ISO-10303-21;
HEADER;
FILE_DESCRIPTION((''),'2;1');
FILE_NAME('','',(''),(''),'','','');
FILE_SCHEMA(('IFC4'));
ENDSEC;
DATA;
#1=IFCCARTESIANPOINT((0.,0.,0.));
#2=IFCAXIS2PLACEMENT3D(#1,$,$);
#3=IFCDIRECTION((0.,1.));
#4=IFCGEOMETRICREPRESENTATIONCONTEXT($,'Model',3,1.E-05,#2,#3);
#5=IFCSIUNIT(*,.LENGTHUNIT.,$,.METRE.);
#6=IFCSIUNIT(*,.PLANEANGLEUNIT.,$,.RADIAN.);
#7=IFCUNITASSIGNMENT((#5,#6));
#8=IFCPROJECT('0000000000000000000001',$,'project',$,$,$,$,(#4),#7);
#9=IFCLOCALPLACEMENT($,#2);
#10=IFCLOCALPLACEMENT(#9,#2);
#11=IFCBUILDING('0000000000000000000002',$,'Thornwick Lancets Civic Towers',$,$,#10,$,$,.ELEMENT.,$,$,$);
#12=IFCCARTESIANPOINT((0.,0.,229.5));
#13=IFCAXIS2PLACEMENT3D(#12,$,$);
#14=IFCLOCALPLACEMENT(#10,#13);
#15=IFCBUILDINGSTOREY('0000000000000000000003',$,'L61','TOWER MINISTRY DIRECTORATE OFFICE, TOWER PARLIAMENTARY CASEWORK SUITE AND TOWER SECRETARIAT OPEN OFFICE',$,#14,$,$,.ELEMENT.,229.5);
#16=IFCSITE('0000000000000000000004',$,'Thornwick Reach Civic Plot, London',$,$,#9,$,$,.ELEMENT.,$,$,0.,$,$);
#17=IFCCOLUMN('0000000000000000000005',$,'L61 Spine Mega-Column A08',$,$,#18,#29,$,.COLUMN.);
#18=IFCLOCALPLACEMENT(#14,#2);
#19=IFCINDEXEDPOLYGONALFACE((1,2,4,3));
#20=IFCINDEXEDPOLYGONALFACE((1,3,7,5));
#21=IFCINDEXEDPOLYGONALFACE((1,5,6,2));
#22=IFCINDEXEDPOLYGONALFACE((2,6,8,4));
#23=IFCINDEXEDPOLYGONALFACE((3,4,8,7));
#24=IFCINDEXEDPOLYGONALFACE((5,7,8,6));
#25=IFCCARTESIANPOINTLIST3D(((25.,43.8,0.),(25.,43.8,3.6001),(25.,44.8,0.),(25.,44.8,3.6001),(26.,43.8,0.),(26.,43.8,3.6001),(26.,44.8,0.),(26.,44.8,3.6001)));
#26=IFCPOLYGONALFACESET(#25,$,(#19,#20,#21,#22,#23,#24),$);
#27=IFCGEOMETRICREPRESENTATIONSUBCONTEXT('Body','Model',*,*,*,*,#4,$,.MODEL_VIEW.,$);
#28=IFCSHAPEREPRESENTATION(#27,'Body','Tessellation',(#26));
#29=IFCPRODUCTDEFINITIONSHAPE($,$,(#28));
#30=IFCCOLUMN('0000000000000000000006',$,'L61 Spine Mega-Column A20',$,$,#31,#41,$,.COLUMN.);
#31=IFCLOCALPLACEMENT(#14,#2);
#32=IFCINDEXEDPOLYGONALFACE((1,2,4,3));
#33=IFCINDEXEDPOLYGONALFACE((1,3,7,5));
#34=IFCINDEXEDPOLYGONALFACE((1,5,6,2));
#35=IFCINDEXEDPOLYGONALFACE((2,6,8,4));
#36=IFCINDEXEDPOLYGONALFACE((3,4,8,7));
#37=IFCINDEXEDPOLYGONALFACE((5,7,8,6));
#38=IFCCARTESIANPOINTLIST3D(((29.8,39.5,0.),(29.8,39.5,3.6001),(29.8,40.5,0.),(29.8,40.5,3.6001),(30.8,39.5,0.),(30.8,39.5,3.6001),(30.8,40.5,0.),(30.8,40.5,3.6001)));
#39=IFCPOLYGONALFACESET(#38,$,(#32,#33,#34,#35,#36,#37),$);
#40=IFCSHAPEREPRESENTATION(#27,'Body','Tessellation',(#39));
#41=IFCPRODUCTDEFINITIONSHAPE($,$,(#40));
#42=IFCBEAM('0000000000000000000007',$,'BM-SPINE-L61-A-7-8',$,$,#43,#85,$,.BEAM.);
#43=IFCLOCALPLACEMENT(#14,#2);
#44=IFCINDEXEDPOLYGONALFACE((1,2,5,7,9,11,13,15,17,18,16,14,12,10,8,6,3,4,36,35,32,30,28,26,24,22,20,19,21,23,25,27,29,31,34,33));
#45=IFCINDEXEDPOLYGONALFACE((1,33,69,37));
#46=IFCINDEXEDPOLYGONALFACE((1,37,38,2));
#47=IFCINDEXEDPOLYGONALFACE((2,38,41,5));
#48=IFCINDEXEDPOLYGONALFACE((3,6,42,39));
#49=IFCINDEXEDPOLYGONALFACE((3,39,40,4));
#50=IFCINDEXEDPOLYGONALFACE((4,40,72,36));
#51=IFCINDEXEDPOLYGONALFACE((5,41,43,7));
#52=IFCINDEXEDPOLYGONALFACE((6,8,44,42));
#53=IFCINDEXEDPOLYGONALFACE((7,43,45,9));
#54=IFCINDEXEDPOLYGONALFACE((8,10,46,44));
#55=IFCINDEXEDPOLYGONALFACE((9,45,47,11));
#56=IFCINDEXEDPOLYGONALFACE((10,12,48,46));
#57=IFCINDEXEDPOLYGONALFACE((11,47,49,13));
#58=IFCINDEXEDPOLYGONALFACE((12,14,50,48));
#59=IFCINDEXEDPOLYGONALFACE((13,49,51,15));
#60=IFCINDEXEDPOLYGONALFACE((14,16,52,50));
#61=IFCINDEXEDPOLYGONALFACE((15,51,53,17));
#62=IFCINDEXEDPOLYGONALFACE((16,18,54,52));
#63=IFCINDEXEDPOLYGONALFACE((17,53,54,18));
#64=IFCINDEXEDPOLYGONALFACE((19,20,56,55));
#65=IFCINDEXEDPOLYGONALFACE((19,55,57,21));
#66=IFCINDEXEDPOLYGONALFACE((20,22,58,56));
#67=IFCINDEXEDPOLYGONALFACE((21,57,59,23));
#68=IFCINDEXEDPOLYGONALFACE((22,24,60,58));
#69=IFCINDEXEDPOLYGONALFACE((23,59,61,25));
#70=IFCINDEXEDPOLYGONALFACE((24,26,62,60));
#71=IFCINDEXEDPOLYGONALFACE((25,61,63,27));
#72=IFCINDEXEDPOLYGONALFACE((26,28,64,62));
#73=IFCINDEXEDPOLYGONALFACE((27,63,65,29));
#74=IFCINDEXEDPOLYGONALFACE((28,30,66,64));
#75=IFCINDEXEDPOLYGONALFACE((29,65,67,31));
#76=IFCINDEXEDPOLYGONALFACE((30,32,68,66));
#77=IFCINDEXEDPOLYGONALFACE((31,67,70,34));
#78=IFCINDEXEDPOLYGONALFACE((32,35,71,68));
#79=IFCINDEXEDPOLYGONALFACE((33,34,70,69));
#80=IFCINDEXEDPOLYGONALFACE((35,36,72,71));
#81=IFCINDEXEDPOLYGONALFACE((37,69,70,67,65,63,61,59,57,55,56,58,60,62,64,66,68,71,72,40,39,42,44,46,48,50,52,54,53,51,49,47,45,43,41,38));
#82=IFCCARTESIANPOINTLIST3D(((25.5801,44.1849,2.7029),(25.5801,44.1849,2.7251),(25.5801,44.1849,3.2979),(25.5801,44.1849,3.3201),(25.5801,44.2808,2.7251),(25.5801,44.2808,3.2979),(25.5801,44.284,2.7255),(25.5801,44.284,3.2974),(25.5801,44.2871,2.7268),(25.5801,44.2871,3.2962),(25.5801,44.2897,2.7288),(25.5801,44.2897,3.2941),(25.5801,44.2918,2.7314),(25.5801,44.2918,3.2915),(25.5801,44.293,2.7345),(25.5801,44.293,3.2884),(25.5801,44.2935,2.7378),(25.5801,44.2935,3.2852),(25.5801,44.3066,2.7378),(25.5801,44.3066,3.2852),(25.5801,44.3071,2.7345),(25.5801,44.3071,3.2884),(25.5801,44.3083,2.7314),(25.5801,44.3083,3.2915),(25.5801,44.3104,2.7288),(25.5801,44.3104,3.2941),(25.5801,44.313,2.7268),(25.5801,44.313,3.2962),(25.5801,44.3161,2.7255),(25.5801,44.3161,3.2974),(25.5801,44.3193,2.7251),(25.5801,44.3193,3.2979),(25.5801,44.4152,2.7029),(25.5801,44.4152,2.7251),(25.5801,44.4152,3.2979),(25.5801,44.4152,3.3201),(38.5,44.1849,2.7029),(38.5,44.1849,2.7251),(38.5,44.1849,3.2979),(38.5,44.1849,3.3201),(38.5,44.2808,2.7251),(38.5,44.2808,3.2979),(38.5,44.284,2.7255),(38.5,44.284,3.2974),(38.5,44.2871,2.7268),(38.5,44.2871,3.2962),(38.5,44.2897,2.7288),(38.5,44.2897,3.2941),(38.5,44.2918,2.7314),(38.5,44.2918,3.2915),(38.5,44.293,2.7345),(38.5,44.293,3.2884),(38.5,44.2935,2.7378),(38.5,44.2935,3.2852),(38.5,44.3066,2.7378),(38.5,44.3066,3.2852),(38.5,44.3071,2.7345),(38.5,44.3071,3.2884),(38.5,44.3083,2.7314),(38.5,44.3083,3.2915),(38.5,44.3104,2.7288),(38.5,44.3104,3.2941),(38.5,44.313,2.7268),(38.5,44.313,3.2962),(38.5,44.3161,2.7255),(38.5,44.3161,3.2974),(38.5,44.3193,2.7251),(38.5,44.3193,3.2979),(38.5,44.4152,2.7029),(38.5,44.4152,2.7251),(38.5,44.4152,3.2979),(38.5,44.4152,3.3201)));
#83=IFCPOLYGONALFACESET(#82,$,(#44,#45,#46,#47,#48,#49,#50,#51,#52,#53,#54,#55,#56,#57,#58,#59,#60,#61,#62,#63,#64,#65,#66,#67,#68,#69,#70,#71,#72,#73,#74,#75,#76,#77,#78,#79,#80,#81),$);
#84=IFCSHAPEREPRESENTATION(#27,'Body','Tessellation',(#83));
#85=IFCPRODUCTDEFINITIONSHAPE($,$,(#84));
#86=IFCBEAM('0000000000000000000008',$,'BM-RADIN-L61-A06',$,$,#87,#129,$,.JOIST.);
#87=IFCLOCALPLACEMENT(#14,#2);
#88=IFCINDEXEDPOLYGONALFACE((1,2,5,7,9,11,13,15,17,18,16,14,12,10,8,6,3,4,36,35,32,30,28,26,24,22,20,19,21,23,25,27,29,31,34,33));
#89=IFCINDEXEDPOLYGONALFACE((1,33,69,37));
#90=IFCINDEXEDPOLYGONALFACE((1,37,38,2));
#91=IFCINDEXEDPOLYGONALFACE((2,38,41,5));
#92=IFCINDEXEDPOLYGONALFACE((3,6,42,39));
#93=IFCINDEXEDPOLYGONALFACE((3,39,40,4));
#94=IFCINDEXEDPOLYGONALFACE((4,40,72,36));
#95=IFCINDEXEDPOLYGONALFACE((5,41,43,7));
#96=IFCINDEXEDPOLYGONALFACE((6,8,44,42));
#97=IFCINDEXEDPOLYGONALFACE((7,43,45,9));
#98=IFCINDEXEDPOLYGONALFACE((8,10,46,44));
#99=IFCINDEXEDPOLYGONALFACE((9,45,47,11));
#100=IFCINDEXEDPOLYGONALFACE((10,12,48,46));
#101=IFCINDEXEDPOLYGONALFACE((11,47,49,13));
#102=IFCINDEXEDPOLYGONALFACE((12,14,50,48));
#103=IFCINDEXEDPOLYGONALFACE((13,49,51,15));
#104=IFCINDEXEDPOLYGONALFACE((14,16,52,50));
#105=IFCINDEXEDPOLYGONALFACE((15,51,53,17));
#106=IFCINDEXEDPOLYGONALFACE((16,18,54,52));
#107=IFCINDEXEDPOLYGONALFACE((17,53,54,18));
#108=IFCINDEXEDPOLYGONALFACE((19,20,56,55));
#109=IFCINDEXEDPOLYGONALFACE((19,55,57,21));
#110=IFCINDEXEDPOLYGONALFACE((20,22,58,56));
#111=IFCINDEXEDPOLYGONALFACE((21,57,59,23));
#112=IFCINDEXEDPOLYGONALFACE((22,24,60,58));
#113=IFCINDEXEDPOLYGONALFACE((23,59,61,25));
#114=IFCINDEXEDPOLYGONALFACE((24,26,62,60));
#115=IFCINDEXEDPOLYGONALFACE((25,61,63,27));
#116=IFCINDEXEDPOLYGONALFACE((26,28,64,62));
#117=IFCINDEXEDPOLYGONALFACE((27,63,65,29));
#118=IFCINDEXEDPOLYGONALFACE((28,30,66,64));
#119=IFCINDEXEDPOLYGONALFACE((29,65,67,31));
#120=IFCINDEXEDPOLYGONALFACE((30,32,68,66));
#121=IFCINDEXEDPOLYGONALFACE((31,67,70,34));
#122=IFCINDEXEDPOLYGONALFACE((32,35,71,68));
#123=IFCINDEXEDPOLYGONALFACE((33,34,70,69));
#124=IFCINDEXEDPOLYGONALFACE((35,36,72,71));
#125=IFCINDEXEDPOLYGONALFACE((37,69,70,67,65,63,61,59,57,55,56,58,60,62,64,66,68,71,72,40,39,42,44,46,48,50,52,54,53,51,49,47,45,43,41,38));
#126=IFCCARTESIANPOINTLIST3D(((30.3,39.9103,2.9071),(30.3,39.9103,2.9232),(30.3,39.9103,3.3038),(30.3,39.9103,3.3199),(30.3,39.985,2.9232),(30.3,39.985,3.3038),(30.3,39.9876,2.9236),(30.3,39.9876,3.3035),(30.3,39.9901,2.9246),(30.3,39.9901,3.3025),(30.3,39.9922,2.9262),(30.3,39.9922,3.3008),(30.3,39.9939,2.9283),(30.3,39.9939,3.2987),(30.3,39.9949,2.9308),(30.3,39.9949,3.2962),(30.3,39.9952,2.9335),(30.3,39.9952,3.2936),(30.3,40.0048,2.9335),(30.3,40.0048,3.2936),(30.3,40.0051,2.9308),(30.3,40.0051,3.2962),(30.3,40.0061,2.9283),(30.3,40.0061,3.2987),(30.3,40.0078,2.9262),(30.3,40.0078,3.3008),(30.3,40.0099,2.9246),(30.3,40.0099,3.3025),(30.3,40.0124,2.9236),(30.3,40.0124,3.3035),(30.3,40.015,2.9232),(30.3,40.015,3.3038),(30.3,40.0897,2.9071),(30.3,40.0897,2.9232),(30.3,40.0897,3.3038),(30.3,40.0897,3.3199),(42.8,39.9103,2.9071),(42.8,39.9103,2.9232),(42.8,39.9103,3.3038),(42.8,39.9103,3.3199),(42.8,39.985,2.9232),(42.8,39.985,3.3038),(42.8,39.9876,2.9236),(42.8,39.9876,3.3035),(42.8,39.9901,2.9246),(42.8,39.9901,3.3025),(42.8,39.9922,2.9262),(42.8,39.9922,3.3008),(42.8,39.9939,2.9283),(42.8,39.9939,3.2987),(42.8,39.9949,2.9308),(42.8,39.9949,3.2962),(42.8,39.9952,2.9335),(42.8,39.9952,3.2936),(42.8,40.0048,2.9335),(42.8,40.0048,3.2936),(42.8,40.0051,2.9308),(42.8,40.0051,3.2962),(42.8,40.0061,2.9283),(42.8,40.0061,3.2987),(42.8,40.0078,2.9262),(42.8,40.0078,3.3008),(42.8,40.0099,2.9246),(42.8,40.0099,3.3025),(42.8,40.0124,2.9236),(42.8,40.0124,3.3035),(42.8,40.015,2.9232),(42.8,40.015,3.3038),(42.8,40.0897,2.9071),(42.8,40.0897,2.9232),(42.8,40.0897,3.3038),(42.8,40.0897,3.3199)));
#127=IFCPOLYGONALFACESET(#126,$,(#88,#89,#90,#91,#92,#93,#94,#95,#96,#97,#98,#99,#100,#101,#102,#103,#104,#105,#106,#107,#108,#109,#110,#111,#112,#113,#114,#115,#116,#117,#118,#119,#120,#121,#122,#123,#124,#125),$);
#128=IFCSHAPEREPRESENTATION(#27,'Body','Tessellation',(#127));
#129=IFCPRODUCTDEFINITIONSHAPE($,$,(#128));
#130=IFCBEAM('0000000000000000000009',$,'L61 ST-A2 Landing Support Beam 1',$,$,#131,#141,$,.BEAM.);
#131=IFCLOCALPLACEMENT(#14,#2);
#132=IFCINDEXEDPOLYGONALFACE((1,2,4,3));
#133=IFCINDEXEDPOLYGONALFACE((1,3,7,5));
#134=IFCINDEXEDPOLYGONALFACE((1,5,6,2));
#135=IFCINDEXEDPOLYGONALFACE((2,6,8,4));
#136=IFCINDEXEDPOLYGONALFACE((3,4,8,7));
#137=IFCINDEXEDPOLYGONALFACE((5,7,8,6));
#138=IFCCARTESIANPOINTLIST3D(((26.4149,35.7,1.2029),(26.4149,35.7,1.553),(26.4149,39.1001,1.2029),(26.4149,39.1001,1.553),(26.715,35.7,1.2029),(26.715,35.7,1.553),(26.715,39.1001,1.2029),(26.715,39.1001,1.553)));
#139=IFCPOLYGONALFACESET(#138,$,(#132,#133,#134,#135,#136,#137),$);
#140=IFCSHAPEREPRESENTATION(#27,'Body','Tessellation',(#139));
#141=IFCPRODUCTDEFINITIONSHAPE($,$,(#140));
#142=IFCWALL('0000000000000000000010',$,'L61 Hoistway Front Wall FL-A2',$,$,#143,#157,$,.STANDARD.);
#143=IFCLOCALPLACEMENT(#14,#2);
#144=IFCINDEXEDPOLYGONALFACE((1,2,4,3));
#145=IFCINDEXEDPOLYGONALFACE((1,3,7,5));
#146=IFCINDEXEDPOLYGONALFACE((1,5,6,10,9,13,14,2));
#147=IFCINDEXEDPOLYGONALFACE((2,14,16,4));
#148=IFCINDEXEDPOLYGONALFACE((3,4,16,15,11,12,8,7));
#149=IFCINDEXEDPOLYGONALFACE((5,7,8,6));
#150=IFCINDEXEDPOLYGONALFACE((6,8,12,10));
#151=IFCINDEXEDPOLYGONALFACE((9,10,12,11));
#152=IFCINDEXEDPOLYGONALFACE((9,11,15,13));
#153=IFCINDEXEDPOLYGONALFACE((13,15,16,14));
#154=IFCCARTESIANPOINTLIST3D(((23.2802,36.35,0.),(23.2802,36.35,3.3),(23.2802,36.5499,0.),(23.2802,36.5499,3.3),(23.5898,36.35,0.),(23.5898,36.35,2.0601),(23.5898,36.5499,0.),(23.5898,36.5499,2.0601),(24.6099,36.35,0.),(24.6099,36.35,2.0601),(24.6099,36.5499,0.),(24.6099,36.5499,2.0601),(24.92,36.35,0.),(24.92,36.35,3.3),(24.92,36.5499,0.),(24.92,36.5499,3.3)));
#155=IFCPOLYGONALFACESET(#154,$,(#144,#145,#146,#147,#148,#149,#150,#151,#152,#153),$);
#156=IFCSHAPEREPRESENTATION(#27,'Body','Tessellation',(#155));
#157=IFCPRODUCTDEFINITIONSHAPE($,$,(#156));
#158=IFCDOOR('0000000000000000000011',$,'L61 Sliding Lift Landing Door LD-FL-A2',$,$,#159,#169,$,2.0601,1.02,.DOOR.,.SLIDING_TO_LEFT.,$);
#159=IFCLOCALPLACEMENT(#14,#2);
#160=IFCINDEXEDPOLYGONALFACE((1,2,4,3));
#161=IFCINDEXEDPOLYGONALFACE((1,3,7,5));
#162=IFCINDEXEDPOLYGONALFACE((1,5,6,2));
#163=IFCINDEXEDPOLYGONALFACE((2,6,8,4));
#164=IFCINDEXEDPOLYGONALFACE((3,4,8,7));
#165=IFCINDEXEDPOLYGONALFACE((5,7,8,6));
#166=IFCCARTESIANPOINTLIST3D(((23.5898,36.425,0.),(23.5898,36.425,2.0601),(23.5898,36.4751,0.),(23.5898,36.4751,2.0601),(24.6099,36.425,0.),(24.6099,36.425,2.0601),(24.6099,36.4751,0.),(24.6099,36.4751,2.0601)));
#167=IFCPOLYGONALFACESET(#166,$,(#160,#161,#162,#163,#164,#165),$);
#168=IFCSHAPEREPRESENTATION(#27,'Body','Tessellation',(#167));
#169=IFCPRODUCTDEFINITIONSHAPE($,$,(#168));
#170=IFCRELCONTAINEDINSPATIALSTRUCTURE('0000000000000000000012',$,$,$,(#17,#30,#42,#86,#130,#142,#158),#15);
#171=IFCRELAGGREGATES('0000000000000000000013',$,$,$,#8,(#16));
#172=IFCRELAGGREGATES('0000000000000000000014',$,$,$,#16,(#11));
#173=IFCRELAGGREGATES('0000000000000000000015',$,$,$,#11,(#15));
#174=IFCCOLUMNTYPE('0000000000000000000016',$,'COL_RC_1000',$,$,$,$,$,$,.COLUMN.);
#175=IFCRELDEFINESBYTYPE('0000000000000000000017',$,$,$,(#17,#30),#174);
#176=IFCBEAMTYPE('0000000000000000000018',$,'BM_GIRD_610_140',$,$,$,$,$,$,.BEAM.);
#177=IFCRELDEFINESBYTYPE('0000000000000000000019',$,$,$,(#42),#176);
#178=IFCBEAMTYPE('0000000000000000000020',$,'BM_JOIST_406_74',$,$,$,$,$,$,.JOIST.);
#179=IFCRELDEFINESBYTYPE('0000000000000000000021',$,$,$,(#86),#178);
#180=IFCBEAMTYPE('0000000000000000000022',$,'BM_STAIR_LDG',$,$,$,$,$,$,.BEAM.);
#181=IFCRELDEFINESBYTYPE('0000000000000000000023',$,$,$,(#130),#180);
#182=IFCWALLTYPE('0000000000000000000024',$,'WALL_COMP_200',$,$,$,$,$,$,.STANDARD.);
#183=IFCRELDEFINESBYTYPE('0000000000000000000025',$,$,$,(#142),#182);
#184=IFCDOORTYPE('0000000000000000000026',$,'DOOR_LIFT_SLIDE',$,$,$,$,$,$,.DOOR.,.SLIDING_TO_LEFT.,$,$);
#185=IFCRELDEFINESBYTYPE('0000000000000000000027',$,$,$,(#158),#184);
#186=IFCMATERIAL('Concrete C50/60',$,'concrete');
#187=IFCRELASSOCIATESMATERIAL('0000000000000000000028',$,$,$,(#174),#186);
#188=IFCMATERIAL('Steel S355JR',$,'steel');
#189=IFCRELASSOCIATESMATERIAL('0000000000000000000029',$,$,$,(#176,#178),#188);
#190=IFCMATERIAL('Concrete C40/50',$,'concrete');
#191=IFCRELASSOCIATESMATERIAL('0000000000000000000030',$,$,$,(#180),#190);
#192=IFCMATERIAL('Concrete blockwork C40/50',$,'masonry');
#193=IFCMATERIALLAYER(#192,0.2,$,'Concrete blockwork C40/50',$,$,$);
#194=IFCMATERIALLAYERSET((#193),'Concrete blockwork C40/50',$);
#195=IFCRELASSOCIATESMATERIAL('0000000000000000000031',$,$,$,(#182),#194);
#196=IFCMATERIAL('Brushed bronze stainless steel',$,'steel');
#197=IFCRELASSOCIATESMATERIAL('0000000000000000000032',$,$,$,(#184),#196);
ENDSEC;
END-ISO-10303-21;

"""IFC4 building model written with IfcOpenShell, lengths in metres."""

from ifc_helpers import new_model, si_unit, direction, frame, frame_2d, origin, origin_2d, place, context, subcontext, project, spatial, rectangle, i_section, extrude, material, layer, layer_set, material_profile, profile_set, type_object, element, fill, save


model = new_model("IFC4")

# Units and contexts
model_context = context("Model", 3, precision=1e-05, world=origin(), true_north=direction((0.0, 1.0)))
body_context = subcontext(model_context, "Body", "Model", "MODEL_VIEW")
ifc_project = project(units=[si_unit("LENGTHUNIT", "METRE"), si_unit("PLANEANGLEUNIT", "RADIAN")], contexts=[model_context])

# Site, building, storey
site_placement = place(None, origin())
site = spatial("IfcSite", under=ifc_project, at=site_placement, Name="Thornwick Reach Civic Plot, London", CompositionType="ELEMENT", RefElevation=0.0)
building_placement = place(site_placement, origin())
building = spatial("IfcBuilding", under=site, at=building_placement, Name="Thornwick Lancets Civic Towers", CompositionType="ELEMENT")
storey_placement = place(building_placement, frame((0.0, 0.0, 229.5)))
storey = spatial("IfcBuildingStorey", under=building, at=storey_placement, Name="L61", Description="TOWER MINISTRY DIRECTORATE OFFICE, TOWER PARLIAMENTARY CASEWORK SUITE AND TOWER SECRETARIAT OPEN OFFICE", CompositionType="ELEMENT", Elevation=229.5)

# Columns
ifc_material_1 = material(Name="Concrete C50/60", Category="concrete")
ifc_material_profile_1 = material_profile(ifc_material_1, rectangle(XDim=1.0, YDim=1.0, at=origin_2d()), Name="RC 1000x1000")
ifc_profile_set_1 = profile_set([ifc_material_profile_1], Name="Concrete C50/60")
column_type = type_object("IfcColumnType", Name="COL_RC_1000", PredefinedType="COLUMN", material=ifc_profile_set_1)
for number, where, z_axis, x_axis, name in (
    (1, (25.5, 44.3, 0.0), (0.0, 0.0, 1.0), (1.0, 0.0, 0.0), "L61 Spine Mega-Column A08"),
    (2, (30.3, 40.0, 0.0), (0.0, 0.0, 1.0), (1.0, 0.0, 0.0), "L61 Spine Mega-Column A20"),
):
    element("IfcColumn", number, at=place(storey_placement, frame(where, z_axis=z_axis, x_axis=x_axis)), inside=storey, type_object=column_type, Name=name, PredefinedType="COLUMN", context=body_context, shape_type="SweptSolid", body=[
        extrude(rectangle(XDim=1.0, YDim=1.0, at=origin_2d()), origin(), (0.0, 0.0, 1.0), 3.6001),
    ])

# Beams
ifc_material_2 = material(Name="Steel S355JR", Category="steel")
ifc_material_profile_2 = material_profile(ifc_material_2, i_section(OverallWidth=0.2302, OverallDepth=0.6172, WebThickness=0.0132, FlangeThickness=0.0222, FilletRadius=0.0127, at=origin_2d()), Name="UKB 610x229x140")
ifc_profile_set_2 = profile_set([ifc_material_profile_2], Name="Steel S355JR")
beam_type_1 = type_object("IfcBeamType", Name="BM_GIRD_610_140", PredefinedType="BEAM", material=ifc_profile_set_2)
beam_1_placement = place(storey_placement, frame((25.5801, 44.3, 3.0115), z_axis=(1.0, 0.0, 0.0), x_axis=(0.0, 1.0, 0.0)))
element("IfcBeam", 3, at=beam_1_placement, inside=storey, type_object=beam_type_1, Name="BM-SPINE-L61-A-7-8", PredefinedType="BEAM", context=body_context, shape_type="SweptSolid", body=[
    extrude(i_section(OverallWidth=0.2302, OverallDepth=0.6172, WebThickness=0.0132, FlangeThickness=0.0222, FilletRadius=0.0127, at=origin_2d()), origin(), (0.0, 0.0, 1.0), 12.9199),
])
ifc_material_profile_3 = material_profile(ifc_material_2, i_section(OverallWidth=0.1794, OverallDepth=0.4128, WebThickness=0.0095, FlangeThickness=0.0161, FilletRadius=0.0103, at=origin_2d()), Name="UKB 406x178x74")
ifc_profile_set_3 = profile_set([ifc_material_profile_3], Name="Steel S355JR")
beam_type_2 = type_object("IfcBeamType", Name="BM_JOIST_406_74", PredefinedType="JOIST", material=ifc_profile_set_3)
beam_2_placement = place(storey_placement, frame((30.3, 40.0, 3.1135), z_axis=(1.0, 0.0, 0.0), x_axis=(0.0, 1.0, 0.0)))
element("IfcBeam", 4, at=beam_2_placement, inside=storey, type_object=beam_type_2, Name="BM-RADIN-L61-A06", PredefinedType="JOIST", context=body_context, shape_type="SweptSolid", body=[
    extrude(i_section(OverallWidth=0.1794, OverallDepth=0.4128, WebThickness=0.0095, FlangeThickness=0.0161, FilletRadius=0.0103, at=origin_2d()), origin(), (0.0, 0.0, 1.0), 12.5),
])
ifc_material_3 = material(Name="Concrete C40/50", Category="concrete")
ifc_material_profile_4 = material_profile(ifc_material_3, rectangle(XDim=0.3, YDim=0.3501, at=origin_2d()), Name="RC 300x350")
ifc_profile_set_4 = profile_set([ifc_material_profile_4], Name="Concrete C40/50")
beam_type_3 = type_object("IfcBeamType", Name="BM_STAIR_LDG", PredefinedType="BEAM", material=ifc_profile_set_4)
beam_3_placement = place(storey_placement, frame((26.5649, 39.1001, 1.3779), z_axis=(0.0, -1.0, 0.0), x_axis=(1.0, 0.0, 0.0)))
element("IfcBeam", 5, at=beam_3_placement, inside=storey, type_object=beam_type_3, Name="L61 ST-A2 Landing Support Beam 1", PredefinedType="BEAM", context=body_context, shape_type="SweptSolid", body=[
    extrude(rectangle(XDim=0.3, YDim=0.3501, at=origin_2d()), origin(), (0.0, 0.0, 1.0), 3.4001),
])

# Wall, opening, door
ifc_material_4 = material(Name="Concrete blockwork C40/50", Category="masonry")
ifc_layer = layer(ifc_material_4, 0.2, Name="Concrete blockwork C40/50")
ifc_layer_set = layer_set([ifc_layer], Name="Concrete blockwork C40/50")
wall_type = type_object("IfcWallType", Name="WALL_COMP_200", PredefinedType="STANDARD", material=ifc_layer_set)
wall_placement = place(storey_placement, frame((24.9199, 36.45, 0.0), z_axis=(0.0, 0.0, 1.0), x_axis=(-1.0, 0.0, 0.0)))
wall = element("IfcWall", 6, at=wall_placement, inside=storey, type_object=wall_type, Name="L61 Hoistway Front Wall FL-A2", PredefinedType="STANDARD", context=body_context, shape_type="SweptSolid", body=[
    extrude(rectangle(XDim=1.6399, YDim=0.2, at=frame_2d((0.8198, 0.0))), origin(), (0.0, 0.0, 1.0), 3.3),
])
opening_placement = place(wall_placement, frame((0.3101, 0.0, 0.0)))
opening = element("IfcOpeningElement", 7, at=opening_placement, cuts=wall, PredefinedType="OPENING", context=body_context, shape_type="SweptSolid", body=[
    extrude(rectangle(XDim=1.02, YDim=2.0601, at=frame_2d((0.51, 1.03))), frame((0.0, 0.1099, 0.0), z_axis=(0.0, -1.0, 0.0), x_axis=(1.0, 0.0, 0.0)), (0.0, 0.0, 1.0), 0.22),
])
ifc_material_5 = material(Name="Brushed bronze stainless steel", Category="steel")
door_type = type_object("IfcDoorType", Name="DOOR_LIFT_SLIDE", OperationType="SLIDING_TO_LEFT", PredefinedType="DOOR", material=ifc_material_5)
door_placement = place(opening_placement, origin())
door = element("IfcDoor", 8, at=door_placement, inside=storey, type_object=door_type, Name="L61 Sliding Lift Landing Door LD-FL-A2", OperationType="SLIDING_TO_LEFT", OverallHeight=2.0601, OverallWidth=1.02, PredefinedType="DOOR", context=body_context, shape_type="SweptSolid", body=[
    extrude(rectangle(XDim=1.02, YDim=2.0601, at=frame_2d((0.51, 1.03))), frame((0.0, 0.0249, 0.0), z_axis=(0.0, -1.0, 0.0), x_axis=(1.0, 0.0, 0.0)), (0.0, 0.0, 1.0), 0.05),
])
fill(opening, door)

save(model, "model.ifc")
